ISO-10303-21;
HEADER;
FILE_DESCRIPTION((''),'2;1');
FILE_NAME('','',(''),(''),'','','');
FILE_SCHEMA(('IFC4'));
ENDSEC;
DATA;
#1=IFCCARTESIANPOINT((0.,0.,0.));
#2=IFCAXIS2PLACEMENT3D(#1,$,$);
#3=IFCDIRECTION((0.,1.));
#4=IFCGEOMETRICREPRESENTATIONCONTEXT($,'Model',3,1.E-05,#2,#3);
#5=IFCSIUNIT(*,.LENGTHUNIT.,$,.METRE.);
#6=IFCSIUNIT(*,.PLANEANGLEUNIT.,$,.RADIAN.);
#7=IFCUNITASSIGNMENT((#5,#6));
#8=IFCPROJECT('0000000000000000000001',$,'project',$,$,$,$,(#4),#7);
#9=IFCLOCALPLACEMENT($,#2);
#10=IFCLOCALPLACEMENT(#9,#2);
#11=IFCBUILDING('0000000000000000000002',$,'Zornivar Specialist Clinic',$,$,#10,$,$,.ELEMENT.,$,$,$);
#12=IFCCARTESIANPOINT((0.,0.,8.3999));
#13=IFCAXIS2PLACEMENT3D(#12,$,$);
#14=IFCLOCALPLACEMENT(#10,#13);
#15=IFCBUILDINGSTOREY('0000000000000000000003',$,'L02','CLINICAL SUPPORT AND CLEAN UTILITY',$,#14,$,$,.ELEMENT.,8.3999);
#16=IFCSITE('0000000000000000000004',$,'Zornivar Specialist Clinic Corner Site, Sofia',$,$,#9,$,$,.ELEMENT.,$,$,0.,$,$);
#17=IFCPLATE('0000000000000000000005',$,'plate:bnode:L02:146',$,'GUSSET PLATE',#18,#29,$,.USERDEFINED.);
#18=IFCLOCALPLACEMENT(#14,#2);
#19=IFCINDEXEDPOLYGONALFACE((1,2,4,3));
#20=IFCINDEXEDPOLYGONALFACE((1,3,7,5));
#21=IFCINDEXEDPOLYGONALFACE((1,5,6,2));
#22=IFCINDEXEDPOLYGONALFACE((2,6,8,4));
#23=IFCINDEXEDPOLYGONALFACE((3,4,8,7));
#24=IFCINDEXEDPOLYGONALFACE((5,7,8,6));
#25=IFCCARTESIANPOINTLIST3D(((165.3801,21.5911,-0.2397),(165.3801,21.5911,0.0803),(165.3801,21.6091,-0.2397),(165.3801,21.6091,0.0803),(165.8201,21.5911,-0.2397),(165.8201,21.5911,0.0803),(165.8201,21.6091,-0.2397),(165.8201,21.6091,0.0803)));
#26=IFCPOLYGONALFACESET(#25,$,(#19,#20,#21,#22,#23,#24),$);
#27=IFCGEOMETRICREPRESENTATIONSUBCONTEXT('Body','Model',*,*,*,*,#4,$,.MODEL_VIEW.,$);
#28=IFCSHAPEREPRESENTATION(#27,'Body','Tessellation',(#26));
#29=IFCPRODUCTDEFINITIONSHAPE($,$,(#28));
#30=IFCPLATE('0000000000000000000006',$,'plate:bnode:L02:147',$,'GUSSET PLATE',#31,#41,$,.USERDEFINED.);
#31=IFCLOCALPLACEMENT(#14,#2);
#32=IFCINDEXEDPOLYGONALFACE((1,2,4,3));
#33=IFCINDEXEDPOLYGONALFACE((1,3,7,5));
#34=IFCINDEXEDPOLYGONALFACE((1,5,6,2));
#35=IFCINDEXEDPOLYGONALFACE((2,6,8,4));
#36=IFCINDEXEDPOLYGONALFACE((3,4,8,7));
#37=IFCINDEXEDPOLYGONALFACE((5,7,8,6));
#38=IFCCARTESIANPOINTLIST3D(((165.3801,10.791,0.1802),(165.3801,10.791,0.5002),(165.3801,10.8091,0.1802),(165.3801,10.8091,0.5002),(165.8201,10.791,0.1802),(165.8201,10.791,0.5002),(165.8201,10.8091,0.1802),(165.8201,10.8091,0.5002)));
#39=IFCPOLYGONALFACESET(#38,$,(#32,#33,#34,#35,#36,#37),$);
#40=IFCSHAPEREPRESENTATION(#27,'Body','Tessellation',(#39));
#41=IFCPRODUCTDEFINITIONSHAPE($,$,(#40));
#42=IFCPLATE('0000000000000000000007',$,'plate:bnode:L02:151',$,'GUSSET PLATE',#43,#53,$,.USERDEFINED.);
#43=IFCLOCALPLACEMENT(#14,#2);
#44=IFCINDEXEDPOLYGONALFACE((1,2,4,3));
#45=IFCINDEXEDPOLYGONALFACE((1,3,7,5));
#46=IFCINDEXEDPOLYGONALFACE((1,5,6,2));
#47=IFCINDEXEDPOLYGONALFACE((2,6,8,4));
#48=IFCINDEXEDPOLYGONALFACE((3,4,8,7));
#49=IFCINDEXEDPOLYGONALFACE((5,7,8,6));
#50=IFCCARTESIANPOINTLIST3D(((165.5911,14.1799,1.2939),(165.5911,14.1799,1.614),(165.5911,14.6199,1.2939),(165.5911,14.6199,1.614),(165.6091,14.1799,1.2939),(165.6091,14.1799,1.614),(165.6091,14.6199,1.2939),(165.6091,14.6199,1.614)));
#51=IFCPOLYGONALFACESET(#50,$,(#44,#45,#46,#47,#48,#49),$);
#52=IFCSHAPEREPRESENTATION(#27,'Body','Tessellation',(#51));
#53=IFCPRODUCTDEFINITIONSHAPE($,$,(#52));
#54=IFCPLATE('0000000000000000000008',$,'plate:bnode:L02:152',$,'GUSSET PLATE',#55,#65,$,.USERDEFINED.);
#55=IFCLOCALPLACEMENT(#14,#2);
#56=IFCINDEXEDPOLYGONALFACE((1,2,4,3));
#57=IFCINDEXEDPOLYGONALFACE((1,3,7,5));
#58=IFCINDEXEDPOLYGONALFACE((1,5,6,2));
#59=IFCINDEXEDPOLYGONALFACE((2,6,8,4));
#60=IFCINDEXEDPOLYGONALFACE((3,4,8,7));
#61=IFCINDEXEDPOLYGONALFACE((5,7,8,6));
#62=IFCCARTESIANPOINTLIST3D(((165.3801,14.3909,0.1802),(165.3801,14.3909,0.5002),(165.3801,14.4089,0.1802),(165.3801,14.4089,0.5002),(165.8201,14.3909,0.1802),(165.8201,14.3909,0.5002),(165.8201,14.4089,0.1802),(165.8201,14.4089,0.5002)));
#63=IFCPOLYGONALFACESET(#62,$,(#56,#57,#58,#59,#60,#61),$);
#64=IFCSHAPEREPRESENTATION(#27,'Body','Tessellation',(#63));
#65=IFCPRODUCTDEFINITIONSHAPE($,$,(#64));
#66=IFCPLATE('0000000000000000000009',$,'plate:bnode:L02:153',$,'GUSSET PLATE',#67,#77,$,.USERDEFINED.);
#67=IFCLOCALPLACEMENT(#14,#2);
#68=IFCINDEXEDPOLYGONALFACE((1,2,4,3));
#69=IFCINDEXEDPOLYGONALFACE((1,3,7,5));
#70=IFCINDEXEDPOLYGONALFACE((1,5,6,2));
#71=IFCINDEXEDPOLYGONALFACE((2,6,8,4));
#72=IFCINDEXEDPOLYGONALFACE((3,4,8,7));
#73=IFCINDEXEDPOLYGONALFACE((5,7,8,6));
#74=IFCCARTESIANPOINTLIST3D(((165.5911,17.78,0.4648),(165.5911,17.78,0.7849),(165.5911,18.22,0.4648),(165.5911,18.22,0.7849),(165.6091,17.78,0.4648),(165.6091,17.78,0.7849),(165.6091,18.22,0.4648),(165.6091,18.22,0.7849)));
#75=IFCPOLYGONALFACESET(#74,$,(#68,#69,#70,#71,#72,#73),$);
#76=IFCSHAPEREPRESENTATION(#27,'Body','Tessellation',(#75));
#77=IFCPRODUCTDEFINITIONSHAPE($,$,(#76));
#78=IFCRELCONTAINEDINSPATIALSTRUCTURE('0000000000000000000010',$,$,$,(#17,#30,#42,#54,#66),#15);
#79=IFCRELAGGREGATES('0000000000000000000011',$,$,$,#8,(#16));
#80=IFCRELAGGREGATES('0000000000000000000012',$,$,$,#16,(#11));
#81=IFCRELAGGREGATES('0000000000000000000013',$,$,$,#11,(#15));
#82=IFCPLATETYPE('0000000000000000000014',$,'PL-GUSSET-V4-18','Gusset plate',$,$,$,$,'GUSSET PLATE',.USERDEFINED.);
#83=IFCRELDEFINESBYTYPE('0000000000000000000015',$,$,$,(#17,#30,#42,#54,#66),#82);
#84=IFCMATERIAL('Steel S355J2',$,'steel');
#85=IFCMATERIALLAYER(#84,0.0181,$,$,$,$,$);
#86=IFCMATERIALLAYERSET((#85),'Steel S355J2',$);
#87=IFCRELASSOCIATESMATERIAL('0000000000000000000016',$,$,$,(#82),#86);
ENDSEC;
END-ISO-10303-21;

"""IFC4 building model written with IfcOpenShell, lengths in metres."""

from ifc_helpers import new_model, si_unit, direction, frame, origin, origin_2d, place, context, subcontext, project, spatial, rectangle, extrude, material, layer, layer_set, type_object, element, save


model = new_model("IFC4")

# Units and contexts
model_context = context("Model", 3, precision=1e-05, world=origin(), true_north=direction((0.0, 1.0)))
body_context = subcontext(model_context, "Body", "Model", "MODEL_VIEW")
ifc_project = project(units=[si_unit("LENGTHUNIT", "METRE"), si_unit("PLANEANGLEUNIT", "RADIAN")], contexts=[model_context])

# Site, building, storey
site_placement = place(None, origin())
site = spatial("IfcSite", under=ifc_project, at=site_placement, Name="Zornivar Specialist Clinic Corner Site, Sofia", CompositionType="ELEMENT", RefElevation=0.0)
building_placement = place(site_placement, origin())
building = spatial("IfcBuilding", under=site, at=building_placement, Name="Zornivar Specialist Clinic", CompositionType="ELEMENT")
storey_placement = place(building_placement, frame((0.0, 0.0, 8.3999)))
storey = spatial("IfcBuildingStorey", under=building, at=storey_placement, Name="L02", Description="CLINICAL SUPPORT AND CLEAN UTILITY", CompositionType="ELEMENT", Elevation=8.3999)

# Plates
ifc_material_1 = material(Name="Steel S355J2", Category="steel")
ifc_layer_1 = layer(ifc_material_1, 0.0181)
ifc_layer_set_1 = layer_set([ifc_layer_1], Name="Steel S355J2")
plate_type_1 = type_object("IfcPlateType", Name="PL-GUSSET-V4-18", Description="Gusset plate", ElementType="GUSSET PLATE", PredefinedType="USERDEFINED", material=ifc_layer_set_1)
for number, where, z_axis, x_axis, name in (
    (1, (165.6001, 21.6001, -0.2397), (0.0, 0.0, 1.0), (1.0, 0.0, 0.0), "plate:bnode:L02:146"),
    (2, (165.6001, 10.8, 0.1802), (0.0, 0.0, 1.0), (1.0, 0.0, 0.0), "plate:bnode:L02:147"),
    (3, (165.6001, 14.3999, 1.2939), (0.0, 0.0, 1.0), (0.0, 1.0, 0.0), "plate:bnode:L02:151"),
    (4, (165.6001, 14.3999, 0.1802), (0.0, 0.0, 1.0), (1.0, 0.0, 0.0), "plate:bnode:L02:152"),
    (5, (165.6001, 18.0, 0.4648), (0.0, 0.0, 1.0), (0.0, 1.0, 0.0), "plate:bnode:L02:153"),
):
    element("IfcPlate", number, at=place(storey_placement, frame(where, z_axis=z_axis, x_axis=x_axis)), inside=storey, type_object=plate_type_1, Name=name, ObjectType="GUSSET PLATE", PredefinedType="USERDEFINED", context=body_context, shape_type="SweptSolid", body=[
        extrude(rectangle(XDim=0.4399, YDim=0.0181, at=origin_2d()), origin(), (0.0, 0.0, 1.0), 0.3201),
    ])

save(model, "model.ifc")
